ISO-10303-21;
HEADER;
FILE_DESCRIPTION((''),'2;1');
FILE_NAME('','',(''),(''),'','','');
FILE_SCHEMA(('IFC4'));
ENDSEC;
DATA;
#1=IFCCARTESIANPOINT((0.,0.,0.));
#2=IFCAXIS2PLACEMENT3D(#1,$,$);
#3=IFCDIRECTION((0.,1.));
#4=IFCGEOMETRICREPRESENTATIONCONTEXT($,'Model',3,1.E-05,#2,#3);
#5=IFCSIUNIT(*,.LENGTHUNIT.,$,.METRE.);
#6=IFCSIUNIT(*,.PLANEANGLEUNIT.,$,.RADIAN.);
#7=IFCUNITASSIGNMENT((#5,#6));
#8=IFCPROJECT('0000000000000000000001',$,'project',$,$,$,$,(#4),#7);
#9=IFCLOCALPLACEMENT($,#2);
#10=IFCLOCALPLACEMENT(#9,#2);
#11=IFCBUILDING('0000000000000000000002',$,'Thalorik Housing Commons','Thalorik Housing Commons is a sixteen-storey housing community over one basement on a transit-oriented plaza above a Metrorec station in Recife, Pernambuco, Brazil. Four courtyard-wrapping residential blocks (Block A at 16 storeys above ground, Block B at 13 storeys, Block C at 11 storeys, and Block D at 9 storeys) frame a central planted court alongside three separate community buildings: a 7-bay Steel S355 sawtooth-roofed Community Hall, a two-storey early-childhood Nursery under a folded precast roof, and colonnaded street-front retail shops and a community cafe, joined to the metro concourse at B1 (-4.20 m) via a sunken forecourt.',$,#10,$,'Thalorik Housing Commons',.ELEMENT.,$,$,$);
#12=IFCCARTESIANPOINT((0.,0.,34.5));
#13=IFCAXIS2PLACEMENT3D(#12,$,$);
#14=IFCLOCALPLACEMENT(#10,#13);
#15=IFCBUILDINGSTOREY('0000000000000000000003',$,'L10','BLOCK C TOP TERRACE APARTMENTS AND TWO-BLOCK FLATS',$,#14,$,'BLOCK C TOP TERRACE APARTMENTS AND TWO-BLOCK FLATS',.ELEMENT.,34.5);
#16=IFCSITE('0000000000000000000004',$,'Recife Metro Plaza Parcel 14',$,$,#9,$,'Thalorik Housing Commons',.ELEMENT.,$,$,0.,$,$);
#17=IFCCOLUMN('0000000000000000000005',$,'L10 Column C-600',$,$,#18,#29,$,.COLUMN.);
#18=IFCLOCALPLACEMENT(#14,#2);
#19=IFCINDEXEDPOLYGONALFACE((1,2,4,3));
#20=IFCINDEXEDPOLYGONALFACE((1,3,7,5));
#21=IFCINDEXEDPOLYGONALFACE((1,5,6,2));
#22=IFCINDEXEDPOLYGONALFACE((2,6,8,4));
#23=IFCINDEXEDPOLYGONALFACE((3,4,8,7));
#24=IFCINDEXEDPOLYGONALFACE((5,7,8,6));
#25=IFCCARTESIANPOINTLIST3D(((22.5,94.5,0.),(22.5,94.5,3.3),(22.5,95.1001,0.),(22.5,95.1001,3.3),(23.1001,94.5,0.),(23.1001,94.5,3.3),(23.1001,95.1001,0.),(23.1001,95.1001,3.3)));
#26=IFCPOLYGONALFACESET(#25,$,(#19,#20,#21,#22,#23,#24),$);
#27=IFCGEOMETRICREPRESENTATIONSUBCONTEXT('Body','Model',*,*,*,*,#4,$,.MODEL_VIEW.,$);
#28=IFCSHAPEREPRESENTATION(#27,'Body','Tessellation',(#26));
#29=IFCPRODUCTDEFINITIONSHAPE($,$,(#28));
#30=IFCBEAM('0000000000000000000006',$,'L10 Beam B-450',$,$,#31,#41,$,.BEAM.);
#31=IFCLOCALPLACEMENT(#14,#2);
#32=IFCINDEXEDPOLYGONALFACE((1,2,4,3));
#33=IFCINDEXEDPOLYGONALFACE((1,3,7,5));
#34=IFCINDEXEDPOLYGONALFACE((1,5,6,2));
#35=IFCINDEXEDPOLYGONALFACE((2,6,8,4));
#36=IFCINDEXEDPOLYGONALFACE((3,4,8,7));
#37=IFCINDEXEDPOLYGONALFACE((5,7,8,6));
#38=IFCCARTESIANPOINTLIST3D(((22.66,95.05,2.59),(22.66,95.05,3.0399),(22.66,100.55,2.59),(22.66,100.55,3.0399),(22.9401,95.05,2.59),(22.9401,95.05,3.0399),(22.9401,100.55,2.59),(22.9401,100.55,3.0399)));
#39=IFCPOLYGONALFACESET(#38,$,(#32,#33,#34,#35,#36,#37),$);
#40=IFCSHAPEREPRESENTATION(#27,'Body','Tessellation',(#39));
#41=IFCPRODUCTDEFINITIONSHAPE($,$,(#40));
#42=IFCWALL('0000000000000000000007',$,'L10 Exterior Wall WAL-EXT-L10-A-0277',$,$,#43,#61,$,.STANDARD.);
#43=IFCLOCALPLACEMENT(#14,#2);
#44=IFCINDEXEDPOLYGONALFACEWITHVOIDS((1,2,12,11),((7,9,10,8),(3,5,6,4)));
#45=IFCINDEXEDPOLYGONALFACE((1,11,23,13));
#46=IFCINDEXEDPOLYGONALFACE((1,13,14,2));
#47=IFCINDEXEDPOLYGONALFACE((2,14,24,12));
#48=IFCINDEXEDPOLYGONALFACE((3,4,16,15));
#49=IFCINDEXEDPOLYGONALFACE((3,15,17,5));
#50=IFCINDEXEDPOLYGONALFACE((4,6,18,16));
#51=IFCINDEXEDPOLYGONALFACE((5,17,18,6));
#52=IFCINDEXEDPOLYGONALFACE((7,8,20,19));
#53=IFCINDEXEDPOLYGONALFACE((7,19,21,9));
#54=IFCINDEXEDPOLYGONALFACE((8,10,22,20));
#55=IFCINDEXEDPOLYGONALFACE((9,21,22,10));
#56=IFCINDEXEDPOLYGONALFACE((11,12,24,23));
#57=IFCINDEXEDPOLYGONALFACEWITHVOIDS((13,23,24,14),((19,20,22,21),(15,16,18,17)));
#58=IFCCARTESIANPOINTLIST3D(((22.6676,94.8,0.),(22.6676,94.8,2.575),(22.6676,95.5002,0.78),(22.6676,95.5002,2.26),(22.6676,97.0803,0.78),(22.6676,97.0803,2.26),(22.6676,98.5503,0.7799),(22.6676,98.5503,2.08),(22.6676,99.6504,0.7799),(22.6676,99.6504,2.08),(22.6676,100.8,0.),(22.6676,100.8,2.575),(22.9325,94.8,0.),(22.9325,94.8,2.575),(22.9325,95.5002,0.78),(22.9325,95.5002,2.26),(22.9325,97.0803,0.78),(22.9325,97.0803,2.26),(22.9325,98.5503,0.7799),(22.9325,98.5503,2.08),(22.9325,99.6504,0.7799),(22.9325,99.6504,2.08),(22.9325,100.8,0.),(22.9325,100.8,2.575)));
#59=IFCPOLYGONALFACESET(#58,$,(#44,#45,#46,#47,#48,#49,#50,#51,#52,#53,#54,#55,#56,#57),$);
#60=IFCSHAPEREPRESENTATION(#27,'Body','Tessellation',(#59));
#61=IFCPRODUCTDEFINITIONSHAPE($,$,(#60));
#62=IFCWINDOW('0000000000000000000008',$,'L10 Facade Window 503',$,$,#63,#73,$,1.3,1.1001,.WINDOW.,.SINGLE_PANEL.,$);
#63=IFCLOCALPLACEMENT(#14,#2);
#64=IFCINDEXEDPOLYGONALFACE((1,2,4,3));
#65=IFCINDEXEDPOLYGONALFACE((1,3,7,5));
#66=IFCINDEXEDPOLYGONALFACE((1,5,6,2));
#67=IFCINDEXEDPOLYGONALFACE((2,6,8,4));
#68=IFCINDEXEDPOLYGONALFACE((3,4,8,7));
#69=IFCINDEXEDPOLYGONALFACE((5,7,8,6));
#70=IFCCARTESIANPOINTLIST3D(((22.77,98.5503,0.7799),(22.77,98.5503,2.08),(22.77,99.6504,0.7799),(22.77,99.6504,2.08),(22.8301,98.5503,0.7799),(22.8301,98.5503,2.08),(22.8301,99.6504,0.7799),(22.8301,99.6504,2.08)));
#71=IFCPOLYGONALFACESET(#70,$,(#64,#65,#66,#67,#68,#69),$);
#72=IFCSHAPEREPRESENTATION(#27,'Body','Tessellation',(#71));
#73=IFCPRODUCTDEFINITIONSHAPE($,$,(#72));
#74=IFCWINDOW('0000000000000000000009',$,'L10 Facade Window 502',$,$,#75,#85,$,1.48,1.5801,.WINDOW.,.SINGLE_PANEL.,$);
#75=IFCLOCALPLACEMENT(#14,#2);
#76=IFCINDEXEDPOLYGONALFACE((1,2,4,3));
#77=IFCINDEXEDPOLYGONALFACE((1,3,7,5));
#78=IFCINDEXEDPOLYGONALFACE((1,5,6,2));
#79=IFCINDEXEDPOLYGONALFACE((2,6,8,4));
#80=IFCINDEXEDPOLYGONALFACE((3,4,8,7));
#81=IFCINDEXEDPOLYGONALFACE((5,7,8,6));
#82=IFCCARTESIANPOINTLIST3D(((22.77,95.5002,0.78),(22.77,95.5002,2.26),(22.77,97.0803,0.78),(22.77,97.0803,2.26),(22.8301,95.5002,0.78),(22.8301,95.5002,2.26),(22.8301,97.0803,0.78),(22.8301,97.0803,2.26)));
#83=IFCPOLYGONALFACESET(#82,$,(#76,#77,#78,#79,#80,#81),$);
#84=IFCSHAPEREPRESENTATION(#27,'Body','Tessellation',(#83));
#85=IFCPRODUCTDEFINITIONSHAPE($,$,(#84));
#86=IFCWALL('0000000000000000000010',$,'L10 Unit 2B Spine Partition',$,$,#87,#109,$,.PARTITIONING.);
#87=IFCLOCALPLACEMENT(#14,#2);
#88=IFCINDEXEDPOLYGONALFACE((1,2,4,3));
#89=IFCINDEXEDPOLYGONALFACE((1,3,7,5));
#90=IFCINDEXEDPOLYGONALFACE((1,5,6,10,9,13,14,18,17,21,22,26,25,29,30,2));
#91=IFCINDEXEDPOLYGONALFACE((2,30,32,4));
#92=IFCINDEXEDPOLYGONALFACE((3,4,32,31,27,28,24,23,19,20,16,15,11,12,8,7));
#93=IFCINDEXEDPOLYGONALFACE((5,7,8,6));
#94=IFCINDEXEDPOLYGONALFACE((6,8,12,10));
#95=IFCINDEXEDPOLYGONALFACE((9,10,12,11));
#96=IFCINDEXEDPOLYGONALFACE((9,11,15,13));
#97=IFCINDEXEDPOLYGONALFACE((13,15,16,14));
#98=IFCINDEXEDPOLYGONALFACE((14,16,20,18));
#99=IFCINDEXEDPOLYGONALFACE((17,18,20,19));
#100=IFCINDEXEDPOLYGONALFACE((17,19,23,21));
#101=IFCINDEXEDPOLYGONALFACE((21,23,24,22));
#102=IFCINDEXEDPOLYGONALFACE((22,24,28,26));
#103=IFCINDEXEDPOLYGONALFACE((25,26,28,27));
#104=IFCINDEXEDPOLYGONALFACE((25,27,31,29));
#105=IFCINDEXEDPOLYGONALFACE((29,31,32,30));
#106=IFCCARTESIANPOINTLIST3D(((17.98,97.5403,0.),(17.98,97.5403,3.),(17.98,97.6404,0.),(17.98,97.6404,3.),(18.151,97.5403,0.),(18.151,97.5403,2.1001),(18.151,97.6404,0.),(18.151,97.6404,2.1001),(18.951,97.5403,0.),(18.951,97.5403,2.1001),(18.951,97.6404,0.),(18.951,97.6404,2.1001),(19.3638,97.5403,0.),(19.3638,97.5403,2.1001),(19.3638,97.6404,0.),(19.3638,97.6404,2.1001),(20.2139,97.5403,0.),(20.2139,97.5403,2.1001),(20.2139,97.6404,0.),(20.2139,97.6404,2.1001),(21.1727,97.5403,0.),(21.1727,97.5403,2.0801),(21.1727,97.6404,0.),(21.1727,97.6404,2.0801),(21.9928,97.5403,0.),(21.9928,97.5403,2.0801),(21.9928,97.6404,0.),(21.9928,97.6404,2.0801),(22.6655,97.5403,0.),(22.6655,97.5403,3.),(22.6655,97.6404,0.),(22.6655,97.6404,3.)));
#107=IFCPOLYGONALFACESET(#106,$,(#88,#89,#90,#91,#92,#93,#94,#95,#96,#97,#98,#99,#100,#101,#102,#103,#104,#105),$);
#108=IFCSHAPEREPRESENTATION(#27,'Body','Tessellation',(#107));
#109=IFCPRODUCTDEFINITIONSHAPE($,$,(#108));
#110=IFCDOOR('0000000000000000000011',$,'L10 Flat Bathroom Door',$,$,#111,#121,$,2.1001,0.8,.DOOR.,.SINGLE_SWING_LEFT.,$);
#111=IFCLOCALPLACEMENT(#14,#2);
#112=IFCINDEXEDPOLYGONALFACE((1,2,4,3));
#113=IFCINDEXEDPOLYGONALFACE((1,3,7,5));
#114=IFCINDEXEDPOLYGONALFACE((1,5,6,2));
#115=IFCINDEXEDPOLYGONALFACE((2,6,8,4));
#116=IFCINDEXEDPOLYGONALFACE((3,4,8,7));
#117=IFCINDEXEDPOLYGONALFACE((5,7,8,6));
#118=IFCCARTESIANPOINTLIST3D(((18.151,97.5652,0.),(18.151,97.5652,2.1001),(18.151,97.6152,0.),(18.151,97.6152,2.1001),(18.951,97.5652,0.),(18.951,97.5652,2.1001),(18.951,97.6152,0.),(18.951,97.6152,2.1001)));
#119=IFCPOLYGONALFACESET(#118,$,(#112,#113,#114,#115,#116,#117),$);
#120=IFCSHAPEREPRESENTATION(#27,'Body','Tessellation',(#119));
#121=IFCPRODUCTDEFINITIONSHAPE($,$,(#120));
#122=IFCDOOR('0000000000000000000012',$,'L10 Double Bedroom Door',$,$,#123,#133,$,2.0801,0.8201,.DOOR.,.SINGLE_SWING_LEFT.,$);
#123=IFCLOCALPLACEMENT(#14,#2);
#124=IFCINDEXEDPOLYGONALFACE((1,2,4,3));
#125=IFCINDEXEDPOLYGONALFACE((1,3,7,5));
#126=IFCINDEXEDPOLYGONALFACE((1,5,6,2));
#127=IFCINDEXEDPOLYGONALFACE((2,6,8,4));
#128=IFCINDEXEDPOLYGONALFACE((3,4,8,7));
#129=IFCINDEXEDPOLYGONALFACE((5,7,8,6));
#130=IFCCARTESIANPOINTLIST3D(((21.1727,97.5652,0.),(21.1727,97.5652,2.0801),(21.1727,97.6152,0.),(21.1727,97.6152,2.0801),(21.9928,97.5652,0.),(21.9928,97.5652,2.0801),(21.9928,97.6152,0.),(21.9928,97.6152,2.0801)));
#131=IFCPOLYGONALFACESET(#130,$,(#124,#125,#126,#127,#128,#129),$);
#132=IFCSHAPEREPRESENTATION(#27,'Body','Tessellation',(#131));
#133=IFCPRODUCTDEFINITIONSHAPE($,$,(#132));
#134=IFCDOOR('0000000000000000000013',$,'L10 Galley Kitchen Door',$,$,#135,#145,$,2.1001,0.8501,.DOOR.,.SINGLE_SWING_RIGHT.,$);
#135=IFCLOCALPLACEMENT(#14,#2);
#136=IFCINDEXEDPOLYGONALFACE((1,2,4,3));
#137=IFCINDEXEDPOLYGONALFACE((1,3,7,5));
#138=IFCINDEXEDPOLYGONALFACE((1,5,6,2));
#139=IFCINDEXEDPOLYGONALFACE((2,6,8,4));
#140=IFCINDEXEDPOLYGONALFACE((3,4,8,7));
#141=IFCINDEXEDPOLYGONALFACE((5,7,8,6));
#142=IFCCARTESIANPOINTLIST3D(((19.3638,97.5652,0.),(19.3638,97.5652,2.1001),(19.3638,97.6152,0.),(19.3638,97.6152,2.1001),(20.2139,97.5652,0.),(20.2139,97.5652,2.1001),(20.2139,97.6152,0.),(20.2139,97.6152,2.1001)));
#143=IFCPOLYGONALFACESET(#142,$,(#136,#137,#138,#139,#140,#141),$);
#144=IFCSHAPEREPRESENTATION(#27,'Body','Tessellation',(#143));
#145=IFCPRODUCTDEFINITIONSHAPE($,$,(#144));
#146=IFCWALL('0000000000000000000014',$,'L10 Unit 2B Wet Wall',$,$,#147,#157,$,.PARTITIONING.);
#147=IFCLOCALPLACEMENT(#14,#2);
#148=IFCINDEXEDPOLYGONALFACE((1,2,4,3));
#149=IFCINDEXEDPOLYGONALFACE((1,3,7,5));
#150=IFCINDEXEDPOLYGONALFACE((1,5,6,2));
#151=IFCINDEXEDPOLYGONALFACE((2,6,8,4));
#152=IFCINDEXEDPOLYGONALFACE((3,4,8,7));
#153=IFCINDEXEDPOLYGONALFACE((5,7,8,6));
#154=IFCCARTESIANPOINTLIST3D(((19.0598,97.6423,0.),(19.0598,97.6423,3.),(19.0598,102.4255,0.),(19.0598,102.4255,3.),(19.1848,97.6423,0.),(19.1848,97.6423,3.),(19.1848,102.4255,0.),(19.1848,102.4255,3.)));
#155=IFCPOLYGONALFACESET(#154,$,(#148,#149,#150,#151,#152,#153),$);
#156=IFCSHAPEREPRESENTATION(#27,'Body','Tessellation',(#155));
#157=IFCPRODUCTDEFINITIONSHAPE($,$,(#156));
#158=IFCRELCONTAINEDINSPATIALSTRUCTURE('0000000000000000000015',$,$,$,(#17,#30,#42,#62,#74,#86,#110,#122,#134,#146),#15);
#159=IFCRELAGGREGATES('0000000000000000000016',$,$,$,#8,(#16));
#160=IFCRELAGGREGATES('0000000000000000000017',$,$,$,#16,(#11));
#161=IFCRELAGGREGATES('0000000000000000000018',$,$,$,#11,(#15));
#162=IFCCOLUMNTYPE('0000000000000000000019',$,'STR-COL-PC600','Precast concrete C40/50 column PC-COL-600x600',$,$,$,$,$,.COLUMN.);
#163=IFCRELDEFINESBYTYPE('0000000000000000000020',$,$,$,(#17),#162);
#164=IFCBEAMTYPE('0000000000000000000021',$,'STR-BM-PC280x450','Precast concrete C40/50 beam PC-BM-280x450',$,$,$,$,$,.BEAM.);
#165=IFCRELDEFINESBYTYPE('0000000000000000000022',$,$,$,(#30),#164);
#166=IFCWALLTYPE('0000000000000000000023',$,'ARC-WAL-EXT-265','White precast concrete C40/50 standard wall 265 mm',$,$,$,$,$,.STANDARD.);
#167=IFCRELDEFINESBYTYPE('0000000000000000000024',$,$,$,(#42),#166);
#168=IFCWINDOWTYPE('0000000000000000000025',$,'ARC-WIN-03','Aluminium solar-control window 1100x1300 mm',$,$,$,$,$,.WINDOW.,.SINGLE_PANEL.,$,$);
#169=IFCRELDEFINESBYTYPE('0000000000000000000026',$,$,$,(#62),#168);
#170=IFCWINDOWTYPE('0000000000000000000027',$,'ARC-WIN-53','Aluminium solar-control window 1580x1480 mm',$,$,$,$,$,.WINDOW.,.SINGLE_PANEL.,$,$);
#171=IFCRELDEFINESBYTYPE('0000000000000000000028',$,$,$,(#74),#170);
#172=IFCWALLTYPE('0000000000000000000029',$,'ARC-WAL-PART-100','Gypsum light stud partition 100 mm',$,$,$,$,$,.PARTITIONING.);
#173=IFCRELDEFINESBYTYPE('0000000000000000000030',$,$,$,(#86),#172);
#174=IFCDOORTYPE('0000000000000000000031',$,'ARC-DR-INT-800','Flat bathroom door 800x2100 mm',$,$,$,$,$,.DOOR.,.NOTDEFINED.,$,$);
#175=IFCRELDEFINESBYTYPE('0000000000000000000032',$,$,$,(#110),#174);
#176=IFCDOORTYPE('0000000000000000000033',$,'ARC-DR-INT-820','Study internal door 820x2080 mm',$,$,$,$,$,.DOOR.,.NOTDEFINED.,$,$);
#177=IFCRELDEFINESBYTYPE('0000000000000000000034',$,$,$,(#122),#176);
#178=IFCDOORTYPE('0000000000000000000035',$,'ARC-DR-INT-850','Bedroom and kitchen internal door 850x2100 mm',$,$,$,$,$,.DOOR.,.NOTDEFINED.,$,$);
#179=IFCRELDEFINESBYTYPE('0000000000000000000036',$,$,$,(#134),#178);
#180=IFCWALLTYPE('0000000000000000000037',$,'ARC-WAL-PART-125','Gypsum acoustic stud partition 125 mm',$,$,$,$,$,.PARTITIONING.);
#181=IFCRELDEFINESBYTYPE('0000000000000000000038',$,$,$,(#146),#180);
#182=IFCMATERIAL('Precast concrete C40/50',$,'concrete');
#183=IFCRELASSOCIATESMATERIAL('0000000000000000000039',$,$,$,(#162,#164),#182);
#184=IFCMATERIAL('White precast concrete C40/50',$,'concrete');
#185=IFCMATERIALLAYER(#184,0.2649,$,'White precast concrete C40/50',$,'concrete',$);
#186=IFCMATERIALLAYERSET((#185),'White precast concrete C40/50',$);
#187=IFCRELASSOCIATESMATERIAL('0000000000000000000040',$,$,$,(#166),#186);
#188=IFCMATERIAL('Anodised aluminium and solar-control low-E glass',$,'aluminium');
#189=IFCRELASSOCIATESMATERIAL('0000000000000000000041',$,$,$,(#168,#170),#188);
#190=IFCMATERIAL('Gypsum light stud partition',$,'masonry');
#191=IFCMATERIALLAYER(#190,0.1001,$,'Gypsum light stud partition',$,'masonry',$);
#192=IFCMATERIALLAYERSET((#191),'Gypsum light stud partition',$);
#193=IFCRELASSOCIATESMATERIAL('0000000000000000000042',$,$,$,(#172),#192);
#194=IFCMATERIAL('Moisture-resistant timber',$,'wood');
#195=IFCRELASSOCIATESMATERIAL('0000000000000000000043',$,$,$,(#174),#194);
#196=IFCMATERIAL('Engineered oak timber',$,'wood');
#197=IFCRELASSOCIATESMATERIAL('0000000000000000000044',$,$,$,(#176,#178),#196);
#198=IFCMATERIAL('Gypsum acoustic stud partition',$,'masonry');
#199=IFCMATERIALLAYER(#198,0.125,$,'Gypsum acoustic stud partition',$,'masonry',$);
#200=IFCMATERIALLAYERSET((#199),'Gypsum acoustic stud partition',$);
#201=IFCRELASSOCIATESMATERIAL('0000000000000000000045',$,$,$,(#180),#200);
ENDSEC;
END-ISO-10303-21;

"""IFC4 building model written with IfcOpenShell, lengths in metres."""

from ifc_helpers import new_model, si_unit, direction, frame, frame_2d, origin, origin_2d, place, context, subcontext, project, spatial, rectangle, extrude, material, layer, layer_set, material_profile, profile_set, type_object, element, fill, save


model = new_model("IFC4")

# Units and contexts
model_context = context("Model", 3, precision=1e-05, world=origin(), true_north=direction((0.0, 1.0)))
body_context = subcontext(model_context, "Body", "Model", "MODEL_VIEW")
ifc_project = project(units=[si_unit("LENGTHUNIT", "METRE"), si_unit("PLANEANGLEUNIT", "RADIAN")], contexts=[model_context])

# Site, building, storey
site_placement = place(None, origin())
site = spatial("IfcSite", under=ifc_project, at=site_placement, Name="Recife Metro Plaza Parcel 14", LongName="Thalorik Housing Commons", CompositionType="ELEMENT", RefElevation=0.0)
building_placement = place(site_placement, origin())
building = spatial("IfcBuilding", under=site, at=building_placement, Name="Thalorik Housing Commons", Description="Thalorik Housing Commons is a sixteen-storey housing community over one basement on a transit-oriented plaza above a Metrorec station in Recife, Pernambuco, Brazil. Four courtyard-wrapping residential blocks (Block A at 16 storeys above ground, Block B at 13 storeys, Block C at 11 storeys, and Block D at 9 storeys) frame a central planted court alongside three separate community buildings: a 7-bay Steel S355 sawtooth-roofed Community Hall, a two-storey early-childhood Nursery under a folded precast roof, and colonnaded street-front retail shops and a community cafe, joined to the metro concourse at B1 (-4.20 m) via a sunken forecourt.", LongName="Thalorik Housing Commons", CompositionType="ELEMENT")
storey_placement = place(building_placement, frame((0.0, 0.0, 34.5)))
storey = spatial("IfcBuildingStorey", under=building, at=storey_placement, Name="L10", Description="BLOCK C TOP TERRACE APARTMENTS AND TWO-BLOCK FLATS", LongName="BLOCK C TOP TERRACE APARTMENTS AND TWO-BLOCK FLATS", CompositionType="ELEMENT", Elevation=34.5)

# Column
ifc_material_1 = material(Name="Precast concrete C40/50", Category="concrete")
ifc_material_profile_1 = material_profile(ifc_material_1, rectangle(XDim=0.6001, YDim=0.6001, at=origin_2d()), Name="PC 600x600", Category="concrete")
ifc_profile_set_1 = profile_set([ifc_material_profile_1], Name="Precast concrete C40/50")
column_type = type_object("IfcColumnType", Name="STR-COL-PC600", Description="Precast concrete C40/50 column PC-COL-600x600", PredefinedType="COLUMN", material=ifc_profile_set_1)
column_placement = place(storey_placement, frame((22.8, 94.8, 0.0), z_axis=(0.0, 0.0, 1.0), x_axis=(1.0, 0.0, 0.0)))
element("IfcColumn", 1, at=column_placement, inside=storey, type_object=column_type, Name="L10 Column C-600", PredefinedType="COLUMN", context=body_context, shape_type="SweptSolid", body=[
    extrude(rectangle(XDim=0.6001, YDim=0.6001, at=origin_2d()), origin(), (0.0, 0.0, 1.0), 3.3),
])

# Beam
ifc_material_profile_2 = material_profile(ifc_material_1, rectangle(XDim=0.28, YDim=0.45, at=origin_2d()), Name="PC 280x450", Category="concrete")
ifc_profile_set_2 = profile_set([ifc_material_profile_2], Name="Precast concrete C40/50")
beam_type = type_object("IfcBeamType", Name="STR-BM-PC280x450", Description="Precast concrete C40/50 beam PC-BM-280x450", PredefinedType="BEAM", material=ifc_profile_set_2)
beam_placement = place(storey_placement, frame((22.8, 95.05, 2.8149), z_axis=(0.0, 1.0, 0.0), x_axis=(-1.0, 0.0, 0.0)))
element("IfcBeam", 2, at=beam_placement, inside=storey, type_object=beam_type, Name="L10 Beam B-450", PredefinedType="BEAM", context=body_context, shape_type="SweptSolid", body=[
    extrude(rectangle(XDim=0.28, YDim=0.45, at=origin_2d()), origin(), (0.0, 0.0, 1.0), 5.5),
])

# Wall, openings, windows
ifc_material_2 = material(Name="White precast concrete C40/50", Category="concrete")
ifc_layer_1 = layer(ifc_material_2, 0.2649, Name="White precast concrete C40/50", Category="concrete")
ifc_layer_set_1 = layer_set([ifc_layer_1], Name="White precast concrete C40/50")
wall_type_1 = type_object("IfcWallType", Name="ARC-WAL-EXT-265", Description="White precast concrete C40/50 standard wall 265 mm", PredefinedType="STANDARD", material=ifc_layer_set_1)
wall_1_placement = place(storey_placement, frame((22.8, 94.8, 0.0), z_axis=(0.0, 0.0, 1.0), x_axis=(0.0, 1.0, 0.0)))
wall_1 = element("IfcWall", 3, at=wall_1_placement, inside=storey, type_object=wall_type_1, Name="L10 Exterior Wall WAL-EXT-L10-A-0277", PredefinedType="STANDARD", context=body_context, shape_type="SweptSolid", body=[
    extrude(rectangle(XDim=6.0, YDim=0.2649, at=frame_2d((3.0, 0.0))), origin(), (0.0, 0.0, 1.0), 2.575),
])
opening_1_placement = place(wall_1_placement, frame((0.7002, 0.0, 0.78)))
opening_1 = element("IfcOpeningElement", 4, at=opening_1_placement, cuts=wall_1, PredefinedType="OPENING", context=body_context, shape_type="SweptSolid", body=[
    extrude(rectangle(XDim=1.5801, YDim=1.48, at=frame_2d((0.79, 0.74))), frame((0.0, 0.1426, 0.0), z_axis=(0.0, -1.0, 0.0), x_axis=(1.0, 0.0, 0.0)), (0.0, 0.0, 1.0), 0.2849),
])
opening_2_placement = place(wall_1_placement, frame((3.7502, 0.0, 0.78)))
opening_2 = element("IfcOpeningElement", 5, at=opening_2_placement, cuts=wall_1, PredefinedType="OPENING", context=body_context, shape_type="SweptSolid", body=[
    extrude(rectangle(XDim=1.1001, YDim=1.3, at=frame_2d((0.55, 0.6499))), frame((0.0, 0.1426, 0.0), z_axis=(0.0, -1.0, 0.0), x_axis=(1.0, 0.0, 0.0)), (0.0, 0.0, 1.0), 0.2849),
])
ifc_material_3 = material(Name="Anodised aluminium and solar-control low-E glass", Category="aluminium")
window_type_1 = type_object("IfcWindowType", Name="ARC-WIN-03", Description="Aluminium solar-control window 1100x1300 mm", PartitioningType="SINGLE_PANEL", PredefinedType="WINDOW", material=ifc_material_3)
window_1_placement = place(opening_2_placement, origin())
window_1 = element("IfcWindow", 6, at=window_1_placement, inside=storey, type_object=window_type_1, Name="L10 Facade Window 503", OverallHeight=1.3, OverallWidth=1.1001, PartitioningType="SINGLE_PANEL", PredefinedType="WINDOW", context=body_context, shape_type="SweptSolid", body=[
    extrude(rectangle(XDim=1.1001, YDim=1.3, at=frame_2d((0.55, 0.6499))), frame((0.0, 0.03, 0.0), z_axis=(0.0, -1.0, 0.0), x_axis=(1.0, 0.0, 0.0)), (0.0, 0.0, 1.0), 0.0601),
])
fill(opening_2, window_1)
window_type_2 = type_object("IfcWindowType", Name="ARC-WIN-53", Description="Aluminium solar-control window 1580x1480 mm", PartitioningType="SINGLE_PANEL", PredefinedType="WINDOW", material=ifc_material_3)
window_2_placement = place(opening_1_placement, origin())
window_2 = element("IfcWindow", 7, at=window_2_placement, inside=storey, type_object=window_type_2, Name="L10 Facade Window 502", OverallHeight=1.48, OverallWidth=1.5801, PartitioningType="SINGLE_PANEL", PredefinedType="WINDOW", context=body_context, shape_type="SweptSolid", body=[
    extrude(rectangle(XDim=1.5801, YDim=1.48, at=frame_2d((0.79, 0.74))), frame((0.0, 0.03, 0.0), z_axis=(0.0, -1.0, 0.0), x_axis=(1.0, 0.0, 0.0)), (0.0, 0.0, 1.0), 0.0601),
])
fill(opening_1, window_2)

# Wall, openings, doors
ifc_material_4 = material(Name="Gypsum light stud partition", Category="masonry")
ifc_layer_2 = layer(ifc_material_4, 0.1001, Name="Gypsum light stud partition", Category="masonry")
ifc_layer_set_2 = layer_set([ifc_layer_2], Name="Gypsum light stud partition")
wall_type_2 = type_object("IfcWallType", Name="ARC-WAL-PART-100", Description="Gypsum light stud partition 100 mm", PredefinedType="PARTITIONING", material=ifc_layer_set_2)
wall_2_placement = place(storey_placement, frame((17.98, 97.5903, 0.0), z_axis=(0.0, 0.0, 1.0), x_axis=(1.0, 0.0, 0.0)))
wall_2 = element("IfcWall", 8, at=wall_2_placement, inside=storey, type_object=wall_type_2, Name="L10 Unit 2B Spine Partition", PredefinedType="PARTITIONING", context=body_context, shape_type="SweptSolid", body=[
    extrude(rectangle(XDim=4.6855, YDim=0.1001, at=frame_2d((2.3428, 0.0))), origin(), (0.0, 0.0, 1.0), 3.0),
])
opening_3_placement = place(wall_2_placement, frame((0.1711, 0.0, 0.0)))
opening_3 = element("IfcOpeningElement", 9, at=opening_3_placement, cuts=wall_2, PredefinedType="OPENING", context=body_context, shape_type="SweptSolid", body=[
    extrude(rectangle(XDim=0.8, YDim=2.1001, at=frame_2d((0.3999, 1.05))), frame((0.0, 0.0601, 0.0), z_axis=(0.0, -1.0, 0.0), x_axis=(1.0, 0.0, 0.0)), (0.0, 0.0, 1.0), 0.1201),
])
opening_4_placement = place(wall_2_placement, frame((1.3838, 0.0, 0.0)))
opening_4 = element("IfcOpeningElement", 10, at=opening_4_placement, cuts=wall_2, PredefinedType="OPENING", context=body_context, shape_type="SweptSolid", body=[
    extrude(rectangle(XDim=0.8501, YDim=2.1001, at=frame_2d((0.425, 1.05))), frame((0.0, 0.0601, 0.0), z_axis=(0.0, -1.0, 0.0), x_axis=(1.0, 0.0, 0.0)), (0.0, 0.0, 1.0), 0.1201),
])
opening_5_placement = place(wall_2_placement, frame((3.1926, 0.0, 0.0)))
opening_5 = element("IfcOpeningElement", 11, at=opening_5_placement, cuts=wall_2, PredefinedType="OPENING", context=body_context, shape_type="SweptSolid", body=[
    extrude(rectangle(XDim=0.8201, YDim=2.0801, at=frame_2d((0.4102, 1.04))), frame((0.0, 0.0601, 0.0), z_axis=(0.0, -1.0, 0.0), x_axis=(1.0, 0.0, 0.0)), (0.0, 0.0, 1.0), 0.1201),
])
ifc_material_5 = material(Name="Moisture-resistant timber", Category="wood")
door_type_1 = type_object("IfcDoorType", Name="ARC-DR-INT-800", Description="Flat bathroom door 800x2100 mm", OperationType="NOTDEFINED", PredefinedType="DOOR", material=ifc_material_5)
door_1_placement = place(opening_3_placement, origin())
door_1 = element("IfcDoor", 12, at=door_1_placement, inside=storey, type_object=door_type_1, Name="L10 Flat Bathroom Door", OperationType="SINGLE_SWING_LEFT", OverallHeight=2.1001, OverallWidth=0.8, PredefinedType="DOOR", context=body_context, shape_type="SweptSolid", body=[
    extrude(rectangle(XDim=0.8, YDim=2.1001, at=frame_2d((0.3999, 1.05))), frame((0.0, 0.0249, 0.0), z_axis=(0.0, -1.0, 0.0), x_axis=(1.0, 0.0, 0.0)), (0.0, 0.0, 1.0), 0.05),
])
fill(opening_3, door_1)
ifc_material_6 = material(Name="Engineered oak timber", Category="wood")
door_type_2 = type_object("IfcDoorType", Name="ARC-DR-INT-820", Description="Study internal door 820x2080 mm", OperationType="NOTDEFINED", PredefinedType="DOOR", material=ifc_material_6)
door_2_placement = place(opening_5_placement, origin())
door_2 = element("IfcDoor", 13, at=door_2_placement, inside=storey, type_object=door_type_2, Name="L10 Double Bedroom Door", OperationType="SINGLE_SWING_LEFT", OverallHeight=2.0801, OverallWidth=0.8201, PredefinedType="DOOR", context=body_context, shape_type="SweptSolid", body=[
    extrude(rectangle(XDim=0.8201, YDim=2.0801, at=frame_2d((0.4102, 1.04))), frame((0.0, 0.0249, 0.0), z_axis=(0.0, -1.0, 0.0), x_axis=(1.0, 0.0, 0.0)), (0.0, 0.0, 1.0), 0.05),
])
fill(opening_5, door_2)
door_type_3 = type_object("IfcDoorType", Name="ARC-DR-INT-850", Description="Bedroom and kitchen internal door 850x2100 mm", OperationType="NOTDEFINED", PredefinedType="DOOR", material=ifc_material_6)
door_3_placement = place(opening_4_placement, origin())
door_3 = element("IfcDoor", 14, at=door_3_placement, inside=storey, type_object=door_type_3, Name="L10 Galley Kitchen Door", OperationType="SINGLE_SWING_RIGHT", OverallHeight=2.1001, OverallWidth=0.8501, PredefinedType="DOOR", context=body_context, shape_type="SweptSolid", body=[
    extrude(rectangle(XDim=0.8501, YDim=2.1001, at=frame_2d((0.425, 1.05))), frame((0.0, 0.0249, 0.0), z_axis=(0.0, -1.0, 0.0), x_axis=(1.0, 0.0, 0.0)), (0.0, 0.0, 1.0), 0.05),
])
fill(opening_4, door_3)

# Wall
ifc_material_7 = material(Name="Gypsum acoustic stud partition", Category="masonry")
ifc_layer_3 = layer(ifc_material_7, 0.125, Name="Gypsum acoustic stud partition", Category="masonry")
ifc_layer_set_3 = layer_set([ifc_layer_3], Name="Gypsum acoustic stud partition")
wall_type_3 = type_object("IfcWallType", Name="ARC-WAL-PART-125", Description="Gypsum acoustic stud partition 125 mm", PredefinedType="PARTITIONING", material=ifc_layer_set_3)
wall_3_placement = place(storey_placement, frame((19.1223, 97.6423, 0.0), z_axis=(0.0, 0.0, 1.0), x_axis=(0.0, 1.0, 0.0)))
element("IfcWall", 15, at=wall_3_placement, inside=storey, type_object=wall_type_3, Name="L10 Unit 2B Wet Wall", PredefinedType="PARTITIONING", context=body_context, shape_type="SweptSolid", body=[
    extrude(rectangle(XDim=4.7832, YDim=0.125, at=frame_2d((2.3916, 0.0))), origin(), (0.0, 0.0, 1.0), 3.0),
])

save(model, "model.ifc")
